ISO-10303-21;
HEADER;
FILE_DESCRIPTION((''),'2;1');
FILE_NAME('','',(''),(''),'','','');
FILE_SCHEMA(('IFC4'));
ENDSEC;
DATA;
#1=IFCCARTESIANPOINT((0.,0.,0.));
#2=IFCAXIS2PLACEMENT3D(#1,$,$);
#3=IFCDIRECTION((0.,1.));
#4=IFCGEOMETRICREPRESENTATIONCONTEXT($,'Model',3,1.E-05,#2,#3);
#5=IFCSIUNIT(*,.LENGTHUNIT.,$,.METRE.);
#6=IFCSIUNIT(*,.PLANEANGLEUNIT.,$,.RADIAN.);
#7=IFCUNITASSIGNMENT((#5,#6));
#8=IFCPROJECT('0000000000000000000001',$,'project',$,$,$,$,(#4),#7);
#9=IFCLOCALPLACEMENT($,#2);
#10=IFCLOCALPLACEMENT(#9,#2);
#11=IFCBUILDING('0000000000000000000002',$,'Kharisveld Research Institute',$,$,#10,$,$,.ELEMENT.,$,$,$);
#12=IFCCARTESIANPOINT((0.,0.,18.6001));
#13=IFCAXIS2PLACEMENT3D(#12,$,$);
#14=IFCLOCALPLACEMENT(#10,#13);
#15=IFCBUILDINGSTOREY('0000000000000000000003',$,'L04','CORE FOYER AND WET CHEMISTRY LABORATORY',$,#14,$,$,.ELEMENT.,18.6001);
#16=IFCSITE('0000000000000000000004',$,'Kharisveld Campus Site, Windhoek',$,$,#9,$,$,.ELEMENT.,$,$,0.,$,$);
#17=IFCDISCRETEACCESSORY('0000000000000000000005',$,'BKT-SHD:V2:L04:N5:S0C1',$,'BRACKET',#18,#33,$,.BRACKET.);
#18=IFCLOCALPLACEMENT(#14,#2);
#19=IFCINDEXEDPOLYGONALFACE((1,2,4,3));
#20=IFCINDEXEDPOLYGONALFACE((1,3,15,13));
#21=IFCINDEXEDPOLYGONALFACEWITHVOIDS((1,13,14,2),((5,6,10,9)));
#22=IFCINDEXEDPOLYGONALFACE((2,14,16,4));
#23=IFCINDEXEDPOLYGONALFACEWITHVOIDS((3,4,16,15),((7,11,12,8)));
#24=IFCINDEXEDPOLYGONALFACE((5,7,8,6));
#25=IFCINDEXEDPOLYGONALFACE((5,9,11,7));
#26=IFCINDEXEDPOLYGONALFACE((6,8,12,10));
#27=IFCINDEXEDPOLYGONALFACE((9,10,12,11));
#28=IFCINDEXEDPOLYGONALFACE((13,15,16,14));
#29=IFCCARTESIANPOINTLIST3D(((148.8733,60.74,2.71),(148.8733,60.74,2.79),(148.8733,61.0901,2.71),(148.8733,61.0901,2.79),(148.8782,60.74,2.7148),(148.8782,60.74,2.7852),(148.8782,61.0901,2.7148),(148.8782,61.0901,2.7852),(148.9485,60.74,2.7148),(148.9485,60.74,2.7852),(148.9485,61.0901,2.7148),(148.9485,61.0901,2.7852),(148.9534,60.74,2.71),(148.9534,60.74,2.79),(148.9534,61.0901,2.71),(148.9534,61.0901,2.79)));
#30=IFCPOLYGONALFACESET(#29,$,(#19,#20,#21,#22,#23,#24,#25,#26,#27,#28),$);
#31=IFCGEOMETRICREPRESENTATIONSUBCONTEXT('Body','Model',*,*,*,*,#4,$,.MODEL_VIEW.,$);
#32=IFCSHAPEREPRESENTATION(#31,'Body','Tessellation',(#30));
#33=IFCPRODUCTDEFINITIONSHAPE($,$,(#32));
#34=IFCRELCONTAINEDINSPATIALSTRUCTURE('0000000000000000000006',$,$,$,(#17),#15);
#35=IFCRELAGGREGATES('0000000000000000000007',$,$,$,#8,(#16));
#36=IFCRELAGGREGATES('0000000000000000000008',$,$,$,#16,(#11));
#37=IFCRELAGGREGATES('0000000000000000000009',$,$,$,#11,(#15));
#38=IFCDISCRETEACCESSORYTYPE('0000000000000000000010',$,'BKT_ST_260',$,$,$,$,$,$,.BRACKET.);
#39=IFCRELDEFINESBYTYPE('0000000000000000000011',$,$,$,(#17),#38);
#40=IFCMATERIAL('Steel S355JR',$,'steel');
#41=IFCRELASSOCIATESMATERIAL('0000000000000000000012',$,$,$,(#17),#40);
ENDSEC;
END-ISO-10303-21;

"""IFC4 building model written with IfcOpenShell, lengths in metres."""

from ifc_helpers import new_model, si_unit, direction, frame, origin, origin_2d, place, context, subcontext, project, spatial, hollow_rectangle, extrude, material, type_object, element, save


model = new_model("IFC4")

# Units and contexts
model_context = context("Model", 3, precision=1e-05, world=origin(), true_north=direction((0.0, 1.0)))
body_context = subcontext(model_context, "Body", "Model", "MODEL_VIEW")
ifc_project = project(units=[si_unit("LENGTHUNIT", "METRE"), si_unit("PLANEANGLEUNIT", "RADIAN")], contexts=[model_context])

# Site, building, storey
site_placement = place(None, origin())
site = spatial("IfcSite", under=ifc_project, at=site_placement, Name="Kharisveld Campus Site, Windhoek", CompositionType="ELEMENT", RefElevation=0.0)
building_placement = place(site_placement, origin())
building = spatial("IfcBuilding", under=site, at=building_placement, Name="Kharisveld Research Institute", CompositionType="ELEMENT")
storey_placement = place(building_placement, frame((0.0, 0.0, 18.6001)))
storey = spatial("IfcBuildingStorey", under=building, at=storey_placement, Name="L04", Description="CORE FOYER AND WET CHEMISTRY LABORATORY", CompositionType="ELEMENT", Elevation=18.6001)

# Discrete accessory
ifc_material_1 = material(Name="Steel S355JR", Category="steel")
discrete_accessory_type = type_object("IfcDiscreteAccessoryType", Name="BKT_ST_260", PredefinedType="BRACKET")
for number, where, z_axis, x_axis, name in (
    (1, (148.9133, 60.74, 2.75), (0.0, 1.0, 0.0), (-1.0, 0.0, 0.0), "BKT-SHD:V2:L04:N5:S0C1"),
):
    element("IfcDiscreteAccessory", number, at=place(storey_placement, frame(where, z_axis=z_axis, x_axis=x_axis)), inside=storey, type_object=discrete_accessory_type, material=ifc_material_1, Name=name, ObjectType="BRACKET", PredefinedType="BRACKET", context=body_context, shape_type="SweptSolid", body=[
        extrude(hollow_rectangle(XDim=0.0801, YDim=0.0801, WallThickness=0.0049, at=origin_2d()), origin(), (0.0, 0.0, 1.0), 0.3501),
    ])

save(model, "model.ifc")
